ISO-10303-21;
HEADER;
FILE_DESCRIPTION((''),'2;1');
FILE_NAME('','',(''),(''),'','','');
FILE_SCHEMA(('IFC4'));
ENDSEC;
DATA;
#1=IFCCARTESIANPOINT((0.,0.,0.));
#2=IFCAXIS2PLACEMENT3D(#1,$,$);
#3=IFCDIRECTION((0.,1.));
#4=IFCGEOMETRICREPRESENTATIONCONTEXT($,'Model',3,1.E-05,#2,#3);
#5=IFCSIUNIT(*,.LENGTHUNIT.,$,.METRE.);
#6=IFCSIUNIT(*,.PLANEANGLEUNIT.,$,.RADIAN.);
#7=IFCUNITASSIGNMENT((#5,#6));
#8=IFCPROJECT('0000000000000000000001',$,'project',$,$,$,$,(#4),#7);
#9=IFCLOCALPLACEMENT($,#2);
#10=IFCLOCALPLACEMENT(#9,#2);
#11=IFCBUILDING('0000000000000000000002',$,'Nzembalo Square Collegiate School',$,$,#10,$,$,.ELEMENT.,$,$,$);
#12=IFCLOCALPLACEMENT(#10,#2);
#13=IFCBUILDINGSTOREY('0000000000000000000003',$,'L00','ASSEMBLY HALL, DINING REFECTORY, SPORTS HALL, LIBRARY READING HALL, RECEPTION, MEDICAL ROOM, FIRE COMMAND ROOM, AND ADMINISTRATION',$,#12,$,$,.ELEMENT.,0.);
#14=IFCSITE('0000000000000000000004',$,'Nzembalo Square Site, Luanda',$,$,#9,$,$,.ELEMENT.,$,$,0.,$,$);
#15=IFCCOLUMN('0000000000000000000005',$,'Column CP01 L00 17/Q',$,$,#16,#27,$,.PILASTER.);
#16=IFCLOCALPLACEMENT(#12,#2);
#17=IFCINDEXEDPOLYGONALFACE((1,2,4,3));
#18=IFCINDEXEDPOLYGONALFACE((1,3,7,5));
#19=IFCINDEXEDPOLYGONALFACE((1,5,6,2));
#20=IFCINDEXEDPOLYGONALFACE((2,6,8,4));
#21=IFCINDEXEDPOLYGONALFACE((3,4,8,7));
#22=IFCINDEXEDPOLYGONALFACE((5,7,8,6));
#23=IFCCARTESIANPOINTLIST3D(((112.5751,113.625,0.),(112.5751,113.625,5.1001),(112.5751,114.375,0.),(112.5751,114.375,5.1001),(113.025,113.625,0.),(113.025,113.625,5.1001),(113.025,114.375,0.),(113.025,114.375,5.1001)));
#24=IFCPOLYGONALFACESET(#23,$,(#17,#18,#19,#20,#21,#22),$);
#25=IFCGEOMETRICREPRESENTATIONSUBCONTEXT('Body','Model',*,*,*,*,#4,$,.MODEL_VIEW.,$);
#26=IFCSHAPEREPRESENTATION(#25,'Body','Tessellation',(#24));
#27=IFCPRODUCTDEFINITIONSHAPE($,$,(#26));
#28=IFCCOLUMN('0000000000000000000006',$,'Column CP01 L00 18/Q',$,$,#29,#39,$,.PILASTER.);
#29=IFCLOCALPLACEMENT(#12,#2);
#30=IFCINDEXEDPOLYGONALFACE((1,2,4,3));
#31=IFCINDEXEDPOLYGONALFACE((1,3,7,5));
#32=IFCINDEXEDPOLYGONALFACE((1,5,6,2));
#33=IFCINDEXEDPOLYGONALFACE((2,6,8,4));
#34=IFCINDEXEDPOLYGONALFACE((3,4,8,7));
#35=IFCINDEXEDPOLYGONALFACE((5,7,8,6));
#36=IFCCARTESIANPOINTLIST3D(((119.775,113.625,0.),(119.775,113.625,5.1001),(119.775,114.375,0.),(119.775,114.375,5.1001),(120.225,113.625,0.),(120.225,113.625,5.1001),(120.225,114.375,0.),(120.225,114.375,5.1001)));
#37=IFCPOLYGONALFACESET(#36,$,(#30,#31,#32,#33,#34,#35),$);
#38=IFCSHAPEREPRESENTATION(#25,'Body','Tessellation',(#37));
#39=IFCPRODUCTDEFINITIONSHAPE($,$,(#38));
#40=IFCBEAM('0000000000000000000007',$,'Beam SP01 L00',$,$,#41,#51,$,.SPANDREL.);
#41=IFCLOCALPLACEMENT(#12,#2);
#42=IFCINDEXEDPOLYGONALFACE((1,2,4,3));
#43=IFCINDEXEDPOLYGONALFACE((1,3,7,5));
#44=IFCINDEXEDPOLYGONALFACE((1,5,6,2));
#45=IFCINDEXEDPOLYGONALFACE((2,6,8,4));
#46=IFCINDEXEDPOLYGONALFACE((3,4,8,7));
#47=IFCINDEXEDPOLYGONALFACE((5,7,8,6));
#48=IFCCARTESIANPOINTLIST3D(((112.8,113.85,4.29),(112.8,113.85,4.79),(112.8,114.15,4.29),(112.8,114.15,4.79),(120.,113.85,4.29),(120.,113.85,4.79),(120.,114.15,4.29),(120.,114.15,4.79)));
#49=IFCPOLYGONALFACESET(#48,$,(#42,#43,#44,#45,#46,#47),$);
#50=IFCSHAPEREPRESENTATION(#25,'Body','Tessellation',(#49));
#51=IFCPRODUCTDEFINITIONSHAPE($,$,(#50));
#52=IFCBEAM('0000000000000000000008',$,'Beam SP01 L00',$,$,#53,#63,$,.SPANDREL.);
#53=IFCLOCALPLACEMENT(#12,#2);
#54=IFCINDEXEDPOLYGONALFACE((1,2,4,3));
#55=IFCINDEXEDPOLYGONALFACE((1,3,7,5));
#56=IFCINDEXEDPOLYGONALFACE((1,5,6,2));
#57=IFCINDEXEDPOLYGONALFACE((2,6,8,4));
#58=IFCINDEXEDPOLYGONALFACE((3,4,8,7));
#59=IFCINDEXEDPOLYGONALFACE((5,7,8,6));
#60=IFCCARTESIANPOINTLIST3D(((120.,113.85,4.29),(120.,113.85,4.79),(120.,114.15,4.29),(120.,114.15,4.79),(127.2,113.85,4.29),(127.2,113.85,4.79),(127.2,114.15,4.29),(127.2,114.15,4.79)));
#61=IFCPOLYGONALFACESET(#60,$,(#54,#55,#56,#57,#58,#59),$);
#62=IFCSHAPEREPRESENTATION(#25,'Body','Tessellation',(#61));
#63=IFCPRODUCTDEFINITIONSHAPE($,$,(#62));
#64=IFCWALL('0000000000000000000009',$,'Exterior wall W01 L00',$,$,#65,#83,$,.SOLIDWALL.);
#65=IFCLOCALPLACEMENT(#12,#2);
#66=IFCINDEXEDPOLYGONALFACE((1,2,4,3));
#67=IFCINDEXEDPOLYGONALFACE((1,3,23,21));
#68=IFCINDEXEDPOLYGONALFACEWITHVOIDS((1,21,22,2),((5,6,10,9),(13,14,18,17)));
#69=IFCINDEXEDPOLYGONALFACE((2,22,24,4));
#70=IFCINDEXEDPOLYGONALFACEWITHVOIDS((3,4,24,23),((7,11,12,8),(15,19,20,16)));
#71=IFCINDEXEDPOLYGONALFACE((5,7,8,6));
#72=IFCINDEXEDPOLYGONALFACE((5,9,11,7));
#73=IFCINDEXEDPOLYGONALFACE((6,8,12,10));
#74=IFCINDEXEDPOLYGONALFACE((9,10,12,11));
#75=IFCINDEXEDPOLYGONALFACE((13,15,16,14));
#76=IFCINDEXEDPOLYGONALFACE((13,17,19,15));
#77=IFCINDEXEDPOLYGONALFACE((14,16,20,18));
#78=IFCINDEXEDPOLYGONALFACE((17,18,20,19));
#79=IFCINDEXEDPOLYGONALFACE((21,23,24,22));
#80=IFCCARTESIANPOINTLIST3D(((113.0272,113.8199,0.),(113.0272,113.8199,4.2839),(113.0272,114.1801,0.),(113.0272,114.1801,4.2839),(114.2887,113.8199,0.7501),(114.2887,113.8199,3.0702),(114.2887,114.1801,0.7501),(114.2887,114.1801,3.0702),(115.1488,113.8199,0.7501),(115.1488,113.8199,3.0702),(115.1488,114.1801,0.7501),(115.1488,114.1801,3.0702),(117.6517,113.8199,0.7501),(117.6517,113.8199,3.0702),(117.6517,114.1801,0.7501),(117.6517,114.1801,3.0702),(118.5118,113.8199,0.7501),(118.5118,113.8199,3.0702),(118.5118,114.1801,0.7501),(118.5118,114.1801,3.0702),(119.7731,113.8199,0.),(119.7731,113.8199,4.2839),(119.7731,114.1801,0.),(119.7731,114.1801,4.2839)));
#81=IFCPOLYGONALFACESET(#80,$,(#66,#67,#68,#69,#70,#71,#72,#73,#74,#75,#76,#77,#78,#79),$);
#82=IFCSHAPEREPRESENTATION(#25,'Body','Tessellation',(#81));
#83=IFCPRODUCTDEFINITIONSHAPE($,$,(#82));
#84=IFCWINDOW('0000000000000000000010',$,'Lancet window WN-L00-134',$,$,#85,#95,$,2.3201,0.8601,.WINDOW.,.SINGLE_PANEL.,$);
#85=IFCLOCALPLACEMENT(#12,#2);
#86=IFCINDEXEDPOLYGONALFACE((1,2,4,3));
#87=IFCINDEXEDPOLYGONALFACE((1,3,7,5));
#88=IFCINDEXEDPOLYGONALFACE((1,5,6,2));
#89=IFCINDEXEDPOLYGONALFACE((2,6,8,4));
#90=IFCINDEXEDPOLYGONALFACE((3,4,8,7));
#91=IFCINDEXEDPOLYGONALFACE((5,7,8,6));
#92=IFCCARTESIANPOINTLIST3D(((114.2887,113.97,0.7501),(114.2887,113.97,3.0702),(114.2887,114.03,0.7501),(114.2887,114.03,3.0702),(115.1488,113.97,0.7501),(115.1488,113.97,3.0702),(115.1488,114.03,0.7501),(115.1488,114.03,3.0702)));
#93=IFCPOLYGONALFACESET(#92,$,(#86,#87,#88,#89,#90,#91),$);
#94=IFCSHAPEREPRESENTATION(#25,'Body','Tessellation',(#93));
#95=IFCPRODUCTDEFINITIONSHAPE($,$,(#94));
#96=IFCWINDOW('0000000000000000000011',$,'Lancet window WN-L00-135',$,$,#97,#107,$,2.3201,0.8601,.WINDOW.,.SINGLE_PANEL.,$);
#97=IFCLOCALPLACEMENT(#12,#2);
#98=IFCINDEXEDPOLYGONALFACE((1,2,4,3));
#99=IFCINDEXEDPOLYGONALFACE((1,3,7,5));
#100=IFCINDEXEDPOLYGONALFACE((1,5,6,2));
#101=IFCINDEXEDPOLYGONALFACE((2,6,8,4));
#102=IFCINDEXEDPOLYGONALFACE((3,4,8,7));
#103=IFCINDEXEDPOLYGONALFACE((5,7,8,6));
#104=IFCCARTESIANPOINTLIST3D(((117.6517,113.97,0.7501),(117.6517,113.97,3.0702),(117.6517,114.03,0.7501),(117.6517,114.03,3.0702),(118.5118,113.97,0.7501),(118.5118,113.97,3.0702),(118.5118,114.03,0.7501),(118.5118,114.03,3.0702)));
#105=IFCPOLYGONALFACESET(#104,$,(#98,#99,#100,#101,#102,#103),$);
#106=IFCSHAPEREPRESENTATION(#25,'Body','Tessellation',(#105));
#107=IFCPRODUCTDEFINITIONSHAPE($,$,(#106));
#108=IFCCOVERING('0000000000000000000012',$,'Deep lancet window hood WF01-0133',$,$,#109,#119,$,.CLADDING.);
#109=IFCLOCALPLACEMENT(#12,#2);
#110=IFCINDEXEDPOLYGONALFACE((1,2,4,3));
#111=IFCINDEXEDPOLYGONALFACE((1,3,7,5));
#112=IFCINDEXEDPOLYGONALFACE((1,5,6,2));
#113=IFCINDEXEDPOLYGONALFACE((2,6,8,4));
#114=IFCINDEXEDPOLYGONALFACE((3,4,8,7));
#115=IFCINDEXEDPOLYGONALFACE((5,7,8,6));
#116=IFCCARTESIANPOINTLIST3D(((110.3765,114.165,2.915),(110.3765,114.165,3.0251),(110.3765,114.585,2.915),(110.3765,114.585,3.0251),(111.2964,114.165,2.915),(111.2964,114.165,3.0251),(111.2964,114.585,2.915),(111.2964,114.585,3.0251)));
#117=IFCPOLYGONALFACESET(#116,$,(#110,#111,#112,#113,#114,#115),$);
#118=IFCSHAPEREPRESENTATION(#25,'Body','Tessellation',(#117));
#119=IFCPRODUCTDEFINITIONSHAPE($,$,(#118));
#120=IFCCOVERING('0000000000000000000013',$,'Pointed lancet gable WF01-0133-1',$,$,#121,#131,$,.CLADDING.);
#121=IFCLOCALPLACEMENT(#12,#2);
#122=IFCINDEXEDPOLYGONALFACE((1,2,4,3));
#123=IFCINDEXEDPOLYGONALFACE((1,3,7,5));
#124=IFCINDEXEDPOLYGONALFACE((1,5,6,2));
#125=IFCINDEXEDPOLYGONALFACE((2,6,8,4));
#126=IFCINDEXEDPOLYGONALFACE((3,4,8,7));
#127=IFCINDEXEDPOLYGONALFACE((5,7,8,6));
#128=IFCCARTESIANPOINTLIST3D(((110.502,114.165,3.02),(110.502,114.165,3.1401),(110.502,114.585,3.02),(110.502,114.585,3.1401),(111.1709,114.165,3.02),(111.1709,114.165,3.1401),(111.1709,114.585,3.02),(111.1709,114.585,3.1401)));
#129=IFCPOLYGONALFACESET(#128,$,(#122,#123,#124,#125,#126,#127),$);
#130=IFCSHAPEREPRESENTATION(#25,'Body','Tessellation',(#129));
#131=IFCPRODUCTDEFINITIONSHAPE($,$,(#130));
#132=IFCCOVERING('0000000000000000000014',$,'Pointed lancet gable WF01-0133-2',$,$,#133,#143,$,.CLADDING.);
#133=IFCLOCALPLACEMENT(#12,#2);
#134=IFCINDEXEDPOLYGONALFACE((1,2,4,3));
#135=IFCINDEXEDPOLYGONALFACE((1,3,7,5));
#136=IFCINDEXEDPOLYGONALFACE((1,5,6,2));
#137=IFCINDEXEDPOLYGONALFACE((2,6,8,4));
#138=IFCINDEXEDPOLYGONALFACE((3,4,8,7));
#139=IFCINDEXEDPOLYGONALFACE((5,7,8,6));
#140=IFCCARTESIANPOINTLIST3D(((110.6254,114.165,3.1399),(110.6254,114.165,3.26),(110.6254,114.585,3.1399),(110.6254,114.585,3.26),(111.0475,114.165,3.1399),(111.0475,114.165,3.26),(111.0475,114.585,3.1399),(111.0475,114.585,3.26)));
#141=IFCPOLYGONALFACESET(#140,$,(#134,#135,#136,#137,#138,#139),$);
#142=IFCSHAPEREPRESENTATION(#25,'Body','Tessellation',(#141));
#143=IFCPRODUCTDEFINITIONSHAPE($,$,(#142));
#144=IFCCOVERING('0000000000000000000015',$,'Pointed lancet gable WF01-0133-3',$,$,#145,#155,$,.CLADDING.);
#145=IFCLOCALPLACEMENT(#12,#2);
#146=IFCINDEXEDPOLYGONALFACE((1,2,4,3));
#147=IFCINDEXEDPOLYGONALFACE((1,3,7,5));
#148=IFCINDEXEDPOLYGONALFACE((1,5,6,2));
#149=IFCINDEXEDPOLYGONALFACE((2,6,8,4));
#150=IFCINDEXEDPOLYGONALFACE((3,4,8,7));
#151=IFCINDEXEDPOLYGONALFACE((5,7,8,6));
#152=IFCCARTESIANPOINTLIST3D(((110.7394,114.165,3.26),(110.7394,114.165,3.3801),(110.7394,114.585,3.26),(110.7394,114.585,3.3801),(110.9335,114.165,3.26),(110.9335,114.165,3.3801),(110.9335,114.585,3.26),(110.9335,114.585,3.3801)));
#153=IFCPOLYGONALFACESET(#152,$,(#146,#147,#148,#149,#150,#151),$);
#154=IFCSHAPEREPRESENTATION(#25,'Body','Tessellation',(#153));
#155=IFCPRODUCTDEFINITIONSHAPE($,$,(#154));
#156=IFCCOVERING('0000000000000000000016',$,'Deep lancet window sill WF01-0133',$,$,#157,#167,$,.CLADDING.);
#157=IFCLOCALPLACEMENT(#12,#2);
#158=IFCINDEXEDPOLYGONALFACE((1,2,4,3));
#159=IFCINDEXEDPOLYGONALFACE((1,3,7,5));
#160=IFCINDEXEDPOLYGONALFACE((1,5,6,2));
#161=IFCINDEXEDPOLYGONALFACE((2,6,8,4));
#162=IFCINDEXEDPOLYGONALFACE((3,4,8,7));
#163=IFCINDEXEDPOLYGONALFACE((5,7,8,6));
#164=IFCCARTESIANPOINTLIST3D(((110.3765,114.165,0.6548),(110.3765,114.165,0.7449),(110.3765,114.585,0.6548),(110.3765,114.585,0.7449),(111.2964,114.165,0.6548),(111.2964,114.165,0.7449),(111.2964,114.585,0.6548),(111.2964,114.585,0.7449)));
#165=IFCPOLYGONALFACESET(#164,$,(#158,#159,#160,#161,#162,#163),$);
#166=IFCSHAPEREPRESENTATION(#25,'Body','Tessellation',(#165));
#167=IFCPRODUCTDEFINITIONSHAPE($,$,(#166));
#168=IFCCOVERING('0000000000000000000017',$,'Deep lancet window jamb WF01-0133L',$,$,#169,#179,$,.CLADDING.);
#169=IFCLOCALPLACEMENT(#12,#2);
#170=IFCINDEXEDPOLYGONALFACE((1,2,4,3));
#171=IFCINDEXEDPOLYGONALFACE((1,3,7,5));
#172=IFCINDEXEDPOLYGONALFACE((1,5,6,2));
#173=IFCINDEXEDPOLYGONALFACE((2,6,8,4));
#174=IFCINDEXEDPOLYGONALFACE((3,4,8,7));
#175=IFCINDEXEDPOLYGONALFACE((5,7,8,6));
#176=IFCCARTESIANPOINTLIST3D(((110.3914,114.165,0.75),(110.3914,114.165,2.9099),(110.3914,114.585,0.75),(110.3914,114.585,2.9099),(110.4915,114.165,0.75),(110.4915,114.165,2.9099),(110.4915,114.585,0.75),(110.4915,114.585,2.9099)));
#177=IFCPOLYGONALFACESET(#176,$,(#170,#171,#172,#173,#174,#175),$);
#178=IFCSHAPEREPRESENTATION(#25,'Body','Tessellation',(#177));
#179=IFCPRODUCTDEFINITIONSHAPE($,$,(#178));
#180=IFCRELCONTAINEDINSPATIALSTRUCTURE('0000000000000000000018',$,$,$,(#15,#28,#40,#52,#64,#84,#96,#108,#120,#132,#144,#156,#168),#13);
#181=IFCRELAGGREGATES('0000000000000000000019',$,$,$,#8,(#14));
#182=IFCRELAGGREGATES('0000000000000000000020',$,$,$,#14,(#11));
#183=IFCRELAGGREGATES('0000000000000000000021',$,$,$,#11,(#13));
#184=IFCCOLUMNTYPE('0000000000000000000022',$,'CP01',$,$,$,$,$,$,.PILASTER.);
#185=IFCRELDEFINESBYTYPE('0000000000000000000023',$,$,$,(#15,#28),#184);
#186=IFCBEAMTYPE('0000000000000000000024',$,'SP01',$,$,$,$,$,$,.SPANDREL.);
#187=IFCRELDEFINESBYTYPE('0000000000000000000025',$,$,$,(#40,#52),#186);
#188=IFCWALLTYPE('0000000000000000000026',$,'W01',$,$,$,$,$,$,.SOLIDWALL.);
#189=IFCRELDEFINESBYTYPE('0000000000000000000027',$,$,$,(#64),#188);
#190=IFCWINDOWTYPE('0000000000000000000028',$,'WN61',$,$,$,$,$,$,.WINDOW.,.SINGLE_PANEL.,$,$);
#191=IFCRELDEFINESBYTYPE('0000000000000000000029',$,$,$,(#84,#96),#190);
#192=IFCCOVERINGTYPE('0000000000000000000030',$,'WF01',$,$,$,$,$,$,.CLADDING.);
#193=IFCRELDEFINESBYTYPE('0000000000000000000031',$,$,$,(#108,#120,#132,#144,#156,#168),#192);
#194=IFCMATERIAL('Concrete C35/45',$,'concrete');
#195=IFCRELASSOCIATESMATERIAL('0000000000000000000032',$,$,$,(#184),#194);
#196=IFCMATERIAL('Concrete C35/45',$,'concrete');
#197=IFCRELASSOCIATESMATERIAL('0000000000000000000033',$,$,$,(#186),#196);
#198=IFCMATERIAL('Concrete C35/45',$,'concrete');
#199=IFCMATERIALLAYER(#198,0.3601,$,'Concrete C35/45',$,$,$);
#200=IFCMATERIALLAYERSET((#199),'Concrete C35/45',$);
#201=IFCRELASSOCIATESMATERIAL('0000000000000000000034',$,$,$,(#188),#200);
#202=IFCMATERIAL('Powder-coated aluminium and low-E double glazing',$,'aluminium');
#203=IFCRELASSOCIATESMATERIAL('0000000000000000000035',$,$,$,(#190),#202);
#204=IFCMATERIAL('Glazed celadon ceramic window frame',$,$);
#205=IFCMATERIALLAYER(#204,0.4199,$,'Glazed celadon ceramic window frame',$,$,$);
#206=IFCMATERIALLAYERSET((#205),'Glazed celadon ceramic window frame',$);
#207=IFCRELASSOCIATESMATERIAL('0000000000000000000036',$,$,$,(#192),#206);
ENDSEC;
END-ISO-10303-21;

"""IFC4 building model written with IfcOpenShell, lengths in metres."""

from ifc_helpers import new_model, si_unit, direction, frame, frame_2d, origin, origin_2d, place, context, subcontext, project, spatial, rectangle, extrude, material, layer, layer_set, material_profile, profile_set, type_object, element, fill, save


model = new_model("IFC4")

# Units and contexts
model_context = context("Model", 3, precision=1e-05, world=origin(), true_north=direction((0.0, 1.0)))
body_context = subcontext(model_context, "Body", "Model", "MODEL_VIEW")
ifc_project = project(units=[si_unit("LENGTHUNIT", "METRE"), si_unit("PLANEANGLEUNIT", "RADIAN")], contexts=[model_context])

# Site, building, storey
site_placement = place(None, origin())
site = spatial("IfcSite", under=ifc_project, at=site_placement, Name="Nzembalo Square Site, Luanda", CompositionType="ELEMENT", RefElevation=0.0)
building_placement = place(site_placement, origin())
building = spatial("IfcBuilding", under=site, at=building_placement, Name="Nzembalo Square Collegiate School", CompositionType="ELEMENT")
storey_placement = place(building_placement, origin())
storey = spatial("IfcBuildingStorey", under=building, at=storey_placement, Name="L00", Description="ASSEMBLY HALL, DINING REFECTORY, SPORTS HALL, LIBRARY READING HALL, RECEPTION, MEDICAL ROOM, FIRE COMMAND ROOM, AND ADMINISTRATION", CompositionType="ELEMENT", Elevation=0.0)

# Columns
ifc_material_1 = material(Name="Concrete C35/45", Category="concrete")
ifc_material_profile_1 = material_profile(ifc_material_1, rectangle(XDim=0.45, YDim=0.75, at=origin_2d()), Name="RC 450x750")
ifc_profile_set_1 = profile_set([ifc_material_profile_1], Name="Concrete C35/45")
column_type = type_object("IfcColumnType", Name="CP01", PredefinedType="PILASTER", material=ifc_profile_set_1)
for number, where, z_axis, x_axis, name in (
    (1, (112.8, 114.0, 0.0), (0.0, 0.0, 1.0), (1.0, 0.0, 0.0), "Column CP01 L00 17/Q"),
    (2, (120.0, 114.0, 0.0), (0.0, 0.0, 1.0), (1.0, 0.0, 0.0), "Column CP01 L00 18/Q"),
):
    element("IfcColumn", number, at=place(storey_placement, frame(where, z_axis=z_axis, x_axis=x_axis)), inside=storey, type_object=column_type, Name=name, PredefinedType="PILASTER", context=body_context, shape_type="SweptSolid", body=[
        extrude(rectangle(XDim=0.45, YDim=0.75, at=origin_2d()), origin(), (0.0, 0.0, 1.0), 5.1001),
    ])

# Beams
ifc_material_2 = material(Name="Concrete C35/45", Category="concrete")
ifc_material_profile_2 = material_profile(ifc_material_2, rectangle(XDim=0.3, YDim=0.5, at=origin_2d()), Name="RC 300x500")
ifc_profile_set_2 = profile_set([ifc_material_profile_2], Name="Concrete C35/45")
beam_type = type_object("IfcBeamType", Name="SP01", PredefinedType="SPANDREL", material=ifc_profile_set_2)
for number, where, z_axis, x_axis, name in (
    (3, (112.8, 114.0, 4.54), (1.0, 0.0, 0.0), (0.0, 1.0, 0.0), "Beam SP01 L00"),
    (4, (120.0, 114.0, 4.54), (1.0, 0.0, 0.0), (0.0, 1.0, 0.0), "Beam SP01 L00"),
):
    element("IfcBeam", number, at=place(storey_placement, frame(where, z_axis=z_axis, x_axis=x_axis)), inside=storey, type_object=beam_type, Name=name, PredefinedType="SPANDREL", context=body_context, shape_type="SweptSolid", body=[
        extrude(rectangle(XDim=0.3, YDim=0.5, at=origin_2d()), origin(), (0.0, 0.0, 1.0), 7.2),
    ])

# Wall, openings, windows
ifc_material_3 = material(Name="Concrete C35/45", Category="concrete")
ifc_layer_1 = layer(ifc_material_3, 0.3601, Name="Concrete C35/45")
ifc_layer_set_1 = layer_set([ifc_layer_1], Name="Concrete C35/45")
wall_type = type_object("IfcWallType", Name="W01", PredefinedType="SOLIDWALL", material=ifc_layer_set_1)
wall_placement = place(storey_placement, frame((113.0271, 114.0, 0.0), z_axis=(0.0, 0.0, 1.0), x_axis=(1.0, 0.0, 0.0)))
wall = element("IfcWall", 5, at=wall_placement, inside=storey, type_object=wall_type, Name="Exterior wall W01 L00", PredefinedType="SOLIDWALL", context=body_context, shape_type="SweptSolid", body=[
    extrude(rectangle(XDim=6.7458, YDim=0.3601, at=frame_2d((3.373, 0.0))), origin(), (0.0, 0.0, 1.0), 4.2839),
])
opening_1_placement = place(wall_placement, frame((1.2615, 0.0, 0.75)))
opening_1 = element("IfcOpeningElement", 6, at=opening_1_placement, cuts=wall, PredefinedType="OPENING", context=body_context, shape_type="SweptSolid", body=[
    extrude(rectangle(XDim=0.8601, YDim=2.3201, at=frame_2d((0.4302, 1.1602))), frame((0.0, 0.1899, 0.0), z_axis=(0.0, -1.0, 0.0), x_axis=(1.0, 0.0, 0.0)), (0.0, 0.0, 1.0), 0.3801),
])
opening_2_placement = place(wall_placement, frame((4.6245, 0.0, 0.75)))
opening_2 = element("IfcOpeningElement", 7, at=opening_2_placement, cuts=wall, PredefinedType="OPENING", context=body_context, shape_type="SweptSolid", body=[
    extrude(rectangle(XDim=0.8601, YDim=2.3201, at=frame_2d((0.4302, 1.1602))), frame((0.0, 0.1899, 0.0), z_axis=(0.0, -1.0, 0.0), x_axis=(1.0, 0.0, 0.0)), (0.0, 0.0, 1.0), 0.3801),
])
ifc_material_4 = material(Name="Powder-coated aluminium and low-E double glazing", Category="aluminium")
window_type = type_object("IfcWindowType", Name="WN61", PartitioningType="SINGLE_PANEL", PredefinedType="WINDOW", material=ifc_material_4)
window_1_placement = place(opening_1_placement, origin())
window_1 = element("IfcWindow", 8, at=window_1_placement, inside=storey, type_object=window_type, Name="Lancet window WN-L00-134", OverallHeight=2.3201, OverallWidth=0.8601, PartitioningType="SINGLE_PANEL", PredefinedType="WINDOW", context=body_context, shape_type="SweptSolid", body=[
    extrude(rectangle(XDim=0.8601, YDim=2.3201, at=frame_2d((0.4302, 1.1602))), frame((0.0, 0.03, 0.0), z_axis=(0.0, -1.0, 0.0), x_axis=(1.0, 0.0, 0.0)), (0.0, 0.0, 1.0), 0.0601),
])
fill(opening_1, window_1)
window_2_placement = place(opening_2_placement, origin())
window_2 = element("IfcWindow", 9, at=window_2_placement, inside=storey, type_object=window_type, Name="Lancet window WN-L00-135", OverallHeight=2.3201, OverallWidth=0.8601, PartitioningType="SINGLE_PANEL", PredefinedType="WINDOW", context=body_context, shape_type="SweptSolid", body=[
    extrude(rectangle(XDim=0.8601, YDim=2.3201, at=frame_2d((0.4302, 1.1602))), frame((0.0, 0.03, 0.0), z_axis=(0.0, -1.0, 0.0), x_axis=(1.0, 0.0, 0.0)), (0.0, 0.0, 1.0), 0.0601),
])
fill(opening_2, window_2)

# Coverings
ifc_material_5 = material(Name="Glazed celadon ceramic window frame")
ifc_layer_2 = layer(ifc_material_5, 0.4199, Name="Glazed celadon ceramic window frame")
ifc_layer_set_2 = layer_set([ifc_layer_2], Name="Glazed celadon ceramic window frame")
covering_type = type_object("IfcCoveringType", Name="WF01", PredefinedType="CLADDING", material=ifc_layer_set_2)
covering_1_placement = place(storey_placement, frame((110.8364, 114.375, 2.915), z_axis=(0.0, 0.0, 1.0), x_axis=(1.0, 0.0, 0.0)))
element("IfcCovering", 10, at=covering_1_placement, inside=storey, type_object=covering_type, Name="Deep lancet window hood WF01-0133", PredefinedType="CLADDING", context=body_context, shape_type="SweptSolid", body=[
    extrude(rectangle(XDim=0.9199, YDim=0.4199, at=origin_2d()), origin(), (0.0, 0.0, 1.0), 0.1101),
])
covering_2_placement = place(storey_placement, frame((110.8364, 114.375, 3.02), z_axis=(0.0, 0.0, 1.0), x_axis=(1.0, 0.0, 0.0)))
element("IfcCovering", 11, at=covering_2_placement, inside=storey, type_object=covering_type, Name="Pointed lancet gable WF01-0133-1", PredefinedType="CLADDING", context=body_context, shape_type="SweptSolid", body=[
    extrude(rectangle(XDim=0.6689, YDim=0.4199, at=origin_2d()), origin(), (0.0, 0.0, 1.0), 0.1201),
])
covering_3_placement = place(storey_placement, frame((110.8364, 114.375, 3.1399), z_axis=(0.0, 0.0, 1.0), x_axis=(1.0, 0.0, 0.0)))
element("IfcCovering", 12, at=covering_3_placement, inside=storey, type_object=covering_type, Name="Pointed lancet gable WF01-0133-2", PredefinedType="CLADDING", context=body_context, shape_type="SweptSolid", body=[
    extrude(rectangle(XDim=0.4221, YDim=0.4199, at=origin_2d()), origin(), (0.0, 0.0, 1.0), 0.1201),
])
covering_4_placement = place(storey_placement, frame((110.8364, 114.375, 3.26), z_axis=(0.0, 0.0, 1.0), x_axis=(1.0, 0.0, 0.0)))
element("IfcCovering", 13, at=covering_4_placement, inside=storey, type_object=covering_type, Name="Pointed lancet gable WF01-0133-3", PredefinedType="CLADDING", context=body_context, shape_type="SweptSolid", body=[
    extrude(rectangle(XDim=0.1941, YDim=0.4199, at=origin_2d()), origin(), (0.0, 0.0, 1.0), 0.1201),
])
covering_5_placement = place(storey_placement, frame((110.8364, 114.375, 0.6548), z_axis=(0.0, 0.0, 1.0), x_axis=(1.0, 0.0, 0.0)))
element("IfcCovering", 14, at=covering_5_placement, inside=storey, type_object=covering_type, Name="Deep lancet window sill WF01-0133", PredefinedType="CLADDING", context=body_context, shape_type="SweptSolid", body=[
    extrude(rectangle(XDim=0.9199, YDim=0.4199, at=origin_2d()), origin(), (0.0, 0.0, 1.0), 0.0901),
])
for number, where, z_axis, x_axis, name in (
    (15, (110.4414, 114.375, 0.75), (0.0, 0.0, 1.0), (1.0, 0.0, 0.0), "Deep lancet window jamb WF01-0133L"),
):
    element("IfcCovering", number, at=place(storey_placement, frame(where, z_axis=z_axis, x_axis=x_axis)), inside=storey, type_object=covering_type, Name=name, PredefinedType="CLADDING", context=body_context, shape_type="SweptSolid", body=[
        extrude(rectangle(XDim=0.1001, YDim=0.4199, at=origin_2d()), origin(), (0.0, 0.0, 1.0), 2.1599),
    ])

save(model, "model.ifc")
